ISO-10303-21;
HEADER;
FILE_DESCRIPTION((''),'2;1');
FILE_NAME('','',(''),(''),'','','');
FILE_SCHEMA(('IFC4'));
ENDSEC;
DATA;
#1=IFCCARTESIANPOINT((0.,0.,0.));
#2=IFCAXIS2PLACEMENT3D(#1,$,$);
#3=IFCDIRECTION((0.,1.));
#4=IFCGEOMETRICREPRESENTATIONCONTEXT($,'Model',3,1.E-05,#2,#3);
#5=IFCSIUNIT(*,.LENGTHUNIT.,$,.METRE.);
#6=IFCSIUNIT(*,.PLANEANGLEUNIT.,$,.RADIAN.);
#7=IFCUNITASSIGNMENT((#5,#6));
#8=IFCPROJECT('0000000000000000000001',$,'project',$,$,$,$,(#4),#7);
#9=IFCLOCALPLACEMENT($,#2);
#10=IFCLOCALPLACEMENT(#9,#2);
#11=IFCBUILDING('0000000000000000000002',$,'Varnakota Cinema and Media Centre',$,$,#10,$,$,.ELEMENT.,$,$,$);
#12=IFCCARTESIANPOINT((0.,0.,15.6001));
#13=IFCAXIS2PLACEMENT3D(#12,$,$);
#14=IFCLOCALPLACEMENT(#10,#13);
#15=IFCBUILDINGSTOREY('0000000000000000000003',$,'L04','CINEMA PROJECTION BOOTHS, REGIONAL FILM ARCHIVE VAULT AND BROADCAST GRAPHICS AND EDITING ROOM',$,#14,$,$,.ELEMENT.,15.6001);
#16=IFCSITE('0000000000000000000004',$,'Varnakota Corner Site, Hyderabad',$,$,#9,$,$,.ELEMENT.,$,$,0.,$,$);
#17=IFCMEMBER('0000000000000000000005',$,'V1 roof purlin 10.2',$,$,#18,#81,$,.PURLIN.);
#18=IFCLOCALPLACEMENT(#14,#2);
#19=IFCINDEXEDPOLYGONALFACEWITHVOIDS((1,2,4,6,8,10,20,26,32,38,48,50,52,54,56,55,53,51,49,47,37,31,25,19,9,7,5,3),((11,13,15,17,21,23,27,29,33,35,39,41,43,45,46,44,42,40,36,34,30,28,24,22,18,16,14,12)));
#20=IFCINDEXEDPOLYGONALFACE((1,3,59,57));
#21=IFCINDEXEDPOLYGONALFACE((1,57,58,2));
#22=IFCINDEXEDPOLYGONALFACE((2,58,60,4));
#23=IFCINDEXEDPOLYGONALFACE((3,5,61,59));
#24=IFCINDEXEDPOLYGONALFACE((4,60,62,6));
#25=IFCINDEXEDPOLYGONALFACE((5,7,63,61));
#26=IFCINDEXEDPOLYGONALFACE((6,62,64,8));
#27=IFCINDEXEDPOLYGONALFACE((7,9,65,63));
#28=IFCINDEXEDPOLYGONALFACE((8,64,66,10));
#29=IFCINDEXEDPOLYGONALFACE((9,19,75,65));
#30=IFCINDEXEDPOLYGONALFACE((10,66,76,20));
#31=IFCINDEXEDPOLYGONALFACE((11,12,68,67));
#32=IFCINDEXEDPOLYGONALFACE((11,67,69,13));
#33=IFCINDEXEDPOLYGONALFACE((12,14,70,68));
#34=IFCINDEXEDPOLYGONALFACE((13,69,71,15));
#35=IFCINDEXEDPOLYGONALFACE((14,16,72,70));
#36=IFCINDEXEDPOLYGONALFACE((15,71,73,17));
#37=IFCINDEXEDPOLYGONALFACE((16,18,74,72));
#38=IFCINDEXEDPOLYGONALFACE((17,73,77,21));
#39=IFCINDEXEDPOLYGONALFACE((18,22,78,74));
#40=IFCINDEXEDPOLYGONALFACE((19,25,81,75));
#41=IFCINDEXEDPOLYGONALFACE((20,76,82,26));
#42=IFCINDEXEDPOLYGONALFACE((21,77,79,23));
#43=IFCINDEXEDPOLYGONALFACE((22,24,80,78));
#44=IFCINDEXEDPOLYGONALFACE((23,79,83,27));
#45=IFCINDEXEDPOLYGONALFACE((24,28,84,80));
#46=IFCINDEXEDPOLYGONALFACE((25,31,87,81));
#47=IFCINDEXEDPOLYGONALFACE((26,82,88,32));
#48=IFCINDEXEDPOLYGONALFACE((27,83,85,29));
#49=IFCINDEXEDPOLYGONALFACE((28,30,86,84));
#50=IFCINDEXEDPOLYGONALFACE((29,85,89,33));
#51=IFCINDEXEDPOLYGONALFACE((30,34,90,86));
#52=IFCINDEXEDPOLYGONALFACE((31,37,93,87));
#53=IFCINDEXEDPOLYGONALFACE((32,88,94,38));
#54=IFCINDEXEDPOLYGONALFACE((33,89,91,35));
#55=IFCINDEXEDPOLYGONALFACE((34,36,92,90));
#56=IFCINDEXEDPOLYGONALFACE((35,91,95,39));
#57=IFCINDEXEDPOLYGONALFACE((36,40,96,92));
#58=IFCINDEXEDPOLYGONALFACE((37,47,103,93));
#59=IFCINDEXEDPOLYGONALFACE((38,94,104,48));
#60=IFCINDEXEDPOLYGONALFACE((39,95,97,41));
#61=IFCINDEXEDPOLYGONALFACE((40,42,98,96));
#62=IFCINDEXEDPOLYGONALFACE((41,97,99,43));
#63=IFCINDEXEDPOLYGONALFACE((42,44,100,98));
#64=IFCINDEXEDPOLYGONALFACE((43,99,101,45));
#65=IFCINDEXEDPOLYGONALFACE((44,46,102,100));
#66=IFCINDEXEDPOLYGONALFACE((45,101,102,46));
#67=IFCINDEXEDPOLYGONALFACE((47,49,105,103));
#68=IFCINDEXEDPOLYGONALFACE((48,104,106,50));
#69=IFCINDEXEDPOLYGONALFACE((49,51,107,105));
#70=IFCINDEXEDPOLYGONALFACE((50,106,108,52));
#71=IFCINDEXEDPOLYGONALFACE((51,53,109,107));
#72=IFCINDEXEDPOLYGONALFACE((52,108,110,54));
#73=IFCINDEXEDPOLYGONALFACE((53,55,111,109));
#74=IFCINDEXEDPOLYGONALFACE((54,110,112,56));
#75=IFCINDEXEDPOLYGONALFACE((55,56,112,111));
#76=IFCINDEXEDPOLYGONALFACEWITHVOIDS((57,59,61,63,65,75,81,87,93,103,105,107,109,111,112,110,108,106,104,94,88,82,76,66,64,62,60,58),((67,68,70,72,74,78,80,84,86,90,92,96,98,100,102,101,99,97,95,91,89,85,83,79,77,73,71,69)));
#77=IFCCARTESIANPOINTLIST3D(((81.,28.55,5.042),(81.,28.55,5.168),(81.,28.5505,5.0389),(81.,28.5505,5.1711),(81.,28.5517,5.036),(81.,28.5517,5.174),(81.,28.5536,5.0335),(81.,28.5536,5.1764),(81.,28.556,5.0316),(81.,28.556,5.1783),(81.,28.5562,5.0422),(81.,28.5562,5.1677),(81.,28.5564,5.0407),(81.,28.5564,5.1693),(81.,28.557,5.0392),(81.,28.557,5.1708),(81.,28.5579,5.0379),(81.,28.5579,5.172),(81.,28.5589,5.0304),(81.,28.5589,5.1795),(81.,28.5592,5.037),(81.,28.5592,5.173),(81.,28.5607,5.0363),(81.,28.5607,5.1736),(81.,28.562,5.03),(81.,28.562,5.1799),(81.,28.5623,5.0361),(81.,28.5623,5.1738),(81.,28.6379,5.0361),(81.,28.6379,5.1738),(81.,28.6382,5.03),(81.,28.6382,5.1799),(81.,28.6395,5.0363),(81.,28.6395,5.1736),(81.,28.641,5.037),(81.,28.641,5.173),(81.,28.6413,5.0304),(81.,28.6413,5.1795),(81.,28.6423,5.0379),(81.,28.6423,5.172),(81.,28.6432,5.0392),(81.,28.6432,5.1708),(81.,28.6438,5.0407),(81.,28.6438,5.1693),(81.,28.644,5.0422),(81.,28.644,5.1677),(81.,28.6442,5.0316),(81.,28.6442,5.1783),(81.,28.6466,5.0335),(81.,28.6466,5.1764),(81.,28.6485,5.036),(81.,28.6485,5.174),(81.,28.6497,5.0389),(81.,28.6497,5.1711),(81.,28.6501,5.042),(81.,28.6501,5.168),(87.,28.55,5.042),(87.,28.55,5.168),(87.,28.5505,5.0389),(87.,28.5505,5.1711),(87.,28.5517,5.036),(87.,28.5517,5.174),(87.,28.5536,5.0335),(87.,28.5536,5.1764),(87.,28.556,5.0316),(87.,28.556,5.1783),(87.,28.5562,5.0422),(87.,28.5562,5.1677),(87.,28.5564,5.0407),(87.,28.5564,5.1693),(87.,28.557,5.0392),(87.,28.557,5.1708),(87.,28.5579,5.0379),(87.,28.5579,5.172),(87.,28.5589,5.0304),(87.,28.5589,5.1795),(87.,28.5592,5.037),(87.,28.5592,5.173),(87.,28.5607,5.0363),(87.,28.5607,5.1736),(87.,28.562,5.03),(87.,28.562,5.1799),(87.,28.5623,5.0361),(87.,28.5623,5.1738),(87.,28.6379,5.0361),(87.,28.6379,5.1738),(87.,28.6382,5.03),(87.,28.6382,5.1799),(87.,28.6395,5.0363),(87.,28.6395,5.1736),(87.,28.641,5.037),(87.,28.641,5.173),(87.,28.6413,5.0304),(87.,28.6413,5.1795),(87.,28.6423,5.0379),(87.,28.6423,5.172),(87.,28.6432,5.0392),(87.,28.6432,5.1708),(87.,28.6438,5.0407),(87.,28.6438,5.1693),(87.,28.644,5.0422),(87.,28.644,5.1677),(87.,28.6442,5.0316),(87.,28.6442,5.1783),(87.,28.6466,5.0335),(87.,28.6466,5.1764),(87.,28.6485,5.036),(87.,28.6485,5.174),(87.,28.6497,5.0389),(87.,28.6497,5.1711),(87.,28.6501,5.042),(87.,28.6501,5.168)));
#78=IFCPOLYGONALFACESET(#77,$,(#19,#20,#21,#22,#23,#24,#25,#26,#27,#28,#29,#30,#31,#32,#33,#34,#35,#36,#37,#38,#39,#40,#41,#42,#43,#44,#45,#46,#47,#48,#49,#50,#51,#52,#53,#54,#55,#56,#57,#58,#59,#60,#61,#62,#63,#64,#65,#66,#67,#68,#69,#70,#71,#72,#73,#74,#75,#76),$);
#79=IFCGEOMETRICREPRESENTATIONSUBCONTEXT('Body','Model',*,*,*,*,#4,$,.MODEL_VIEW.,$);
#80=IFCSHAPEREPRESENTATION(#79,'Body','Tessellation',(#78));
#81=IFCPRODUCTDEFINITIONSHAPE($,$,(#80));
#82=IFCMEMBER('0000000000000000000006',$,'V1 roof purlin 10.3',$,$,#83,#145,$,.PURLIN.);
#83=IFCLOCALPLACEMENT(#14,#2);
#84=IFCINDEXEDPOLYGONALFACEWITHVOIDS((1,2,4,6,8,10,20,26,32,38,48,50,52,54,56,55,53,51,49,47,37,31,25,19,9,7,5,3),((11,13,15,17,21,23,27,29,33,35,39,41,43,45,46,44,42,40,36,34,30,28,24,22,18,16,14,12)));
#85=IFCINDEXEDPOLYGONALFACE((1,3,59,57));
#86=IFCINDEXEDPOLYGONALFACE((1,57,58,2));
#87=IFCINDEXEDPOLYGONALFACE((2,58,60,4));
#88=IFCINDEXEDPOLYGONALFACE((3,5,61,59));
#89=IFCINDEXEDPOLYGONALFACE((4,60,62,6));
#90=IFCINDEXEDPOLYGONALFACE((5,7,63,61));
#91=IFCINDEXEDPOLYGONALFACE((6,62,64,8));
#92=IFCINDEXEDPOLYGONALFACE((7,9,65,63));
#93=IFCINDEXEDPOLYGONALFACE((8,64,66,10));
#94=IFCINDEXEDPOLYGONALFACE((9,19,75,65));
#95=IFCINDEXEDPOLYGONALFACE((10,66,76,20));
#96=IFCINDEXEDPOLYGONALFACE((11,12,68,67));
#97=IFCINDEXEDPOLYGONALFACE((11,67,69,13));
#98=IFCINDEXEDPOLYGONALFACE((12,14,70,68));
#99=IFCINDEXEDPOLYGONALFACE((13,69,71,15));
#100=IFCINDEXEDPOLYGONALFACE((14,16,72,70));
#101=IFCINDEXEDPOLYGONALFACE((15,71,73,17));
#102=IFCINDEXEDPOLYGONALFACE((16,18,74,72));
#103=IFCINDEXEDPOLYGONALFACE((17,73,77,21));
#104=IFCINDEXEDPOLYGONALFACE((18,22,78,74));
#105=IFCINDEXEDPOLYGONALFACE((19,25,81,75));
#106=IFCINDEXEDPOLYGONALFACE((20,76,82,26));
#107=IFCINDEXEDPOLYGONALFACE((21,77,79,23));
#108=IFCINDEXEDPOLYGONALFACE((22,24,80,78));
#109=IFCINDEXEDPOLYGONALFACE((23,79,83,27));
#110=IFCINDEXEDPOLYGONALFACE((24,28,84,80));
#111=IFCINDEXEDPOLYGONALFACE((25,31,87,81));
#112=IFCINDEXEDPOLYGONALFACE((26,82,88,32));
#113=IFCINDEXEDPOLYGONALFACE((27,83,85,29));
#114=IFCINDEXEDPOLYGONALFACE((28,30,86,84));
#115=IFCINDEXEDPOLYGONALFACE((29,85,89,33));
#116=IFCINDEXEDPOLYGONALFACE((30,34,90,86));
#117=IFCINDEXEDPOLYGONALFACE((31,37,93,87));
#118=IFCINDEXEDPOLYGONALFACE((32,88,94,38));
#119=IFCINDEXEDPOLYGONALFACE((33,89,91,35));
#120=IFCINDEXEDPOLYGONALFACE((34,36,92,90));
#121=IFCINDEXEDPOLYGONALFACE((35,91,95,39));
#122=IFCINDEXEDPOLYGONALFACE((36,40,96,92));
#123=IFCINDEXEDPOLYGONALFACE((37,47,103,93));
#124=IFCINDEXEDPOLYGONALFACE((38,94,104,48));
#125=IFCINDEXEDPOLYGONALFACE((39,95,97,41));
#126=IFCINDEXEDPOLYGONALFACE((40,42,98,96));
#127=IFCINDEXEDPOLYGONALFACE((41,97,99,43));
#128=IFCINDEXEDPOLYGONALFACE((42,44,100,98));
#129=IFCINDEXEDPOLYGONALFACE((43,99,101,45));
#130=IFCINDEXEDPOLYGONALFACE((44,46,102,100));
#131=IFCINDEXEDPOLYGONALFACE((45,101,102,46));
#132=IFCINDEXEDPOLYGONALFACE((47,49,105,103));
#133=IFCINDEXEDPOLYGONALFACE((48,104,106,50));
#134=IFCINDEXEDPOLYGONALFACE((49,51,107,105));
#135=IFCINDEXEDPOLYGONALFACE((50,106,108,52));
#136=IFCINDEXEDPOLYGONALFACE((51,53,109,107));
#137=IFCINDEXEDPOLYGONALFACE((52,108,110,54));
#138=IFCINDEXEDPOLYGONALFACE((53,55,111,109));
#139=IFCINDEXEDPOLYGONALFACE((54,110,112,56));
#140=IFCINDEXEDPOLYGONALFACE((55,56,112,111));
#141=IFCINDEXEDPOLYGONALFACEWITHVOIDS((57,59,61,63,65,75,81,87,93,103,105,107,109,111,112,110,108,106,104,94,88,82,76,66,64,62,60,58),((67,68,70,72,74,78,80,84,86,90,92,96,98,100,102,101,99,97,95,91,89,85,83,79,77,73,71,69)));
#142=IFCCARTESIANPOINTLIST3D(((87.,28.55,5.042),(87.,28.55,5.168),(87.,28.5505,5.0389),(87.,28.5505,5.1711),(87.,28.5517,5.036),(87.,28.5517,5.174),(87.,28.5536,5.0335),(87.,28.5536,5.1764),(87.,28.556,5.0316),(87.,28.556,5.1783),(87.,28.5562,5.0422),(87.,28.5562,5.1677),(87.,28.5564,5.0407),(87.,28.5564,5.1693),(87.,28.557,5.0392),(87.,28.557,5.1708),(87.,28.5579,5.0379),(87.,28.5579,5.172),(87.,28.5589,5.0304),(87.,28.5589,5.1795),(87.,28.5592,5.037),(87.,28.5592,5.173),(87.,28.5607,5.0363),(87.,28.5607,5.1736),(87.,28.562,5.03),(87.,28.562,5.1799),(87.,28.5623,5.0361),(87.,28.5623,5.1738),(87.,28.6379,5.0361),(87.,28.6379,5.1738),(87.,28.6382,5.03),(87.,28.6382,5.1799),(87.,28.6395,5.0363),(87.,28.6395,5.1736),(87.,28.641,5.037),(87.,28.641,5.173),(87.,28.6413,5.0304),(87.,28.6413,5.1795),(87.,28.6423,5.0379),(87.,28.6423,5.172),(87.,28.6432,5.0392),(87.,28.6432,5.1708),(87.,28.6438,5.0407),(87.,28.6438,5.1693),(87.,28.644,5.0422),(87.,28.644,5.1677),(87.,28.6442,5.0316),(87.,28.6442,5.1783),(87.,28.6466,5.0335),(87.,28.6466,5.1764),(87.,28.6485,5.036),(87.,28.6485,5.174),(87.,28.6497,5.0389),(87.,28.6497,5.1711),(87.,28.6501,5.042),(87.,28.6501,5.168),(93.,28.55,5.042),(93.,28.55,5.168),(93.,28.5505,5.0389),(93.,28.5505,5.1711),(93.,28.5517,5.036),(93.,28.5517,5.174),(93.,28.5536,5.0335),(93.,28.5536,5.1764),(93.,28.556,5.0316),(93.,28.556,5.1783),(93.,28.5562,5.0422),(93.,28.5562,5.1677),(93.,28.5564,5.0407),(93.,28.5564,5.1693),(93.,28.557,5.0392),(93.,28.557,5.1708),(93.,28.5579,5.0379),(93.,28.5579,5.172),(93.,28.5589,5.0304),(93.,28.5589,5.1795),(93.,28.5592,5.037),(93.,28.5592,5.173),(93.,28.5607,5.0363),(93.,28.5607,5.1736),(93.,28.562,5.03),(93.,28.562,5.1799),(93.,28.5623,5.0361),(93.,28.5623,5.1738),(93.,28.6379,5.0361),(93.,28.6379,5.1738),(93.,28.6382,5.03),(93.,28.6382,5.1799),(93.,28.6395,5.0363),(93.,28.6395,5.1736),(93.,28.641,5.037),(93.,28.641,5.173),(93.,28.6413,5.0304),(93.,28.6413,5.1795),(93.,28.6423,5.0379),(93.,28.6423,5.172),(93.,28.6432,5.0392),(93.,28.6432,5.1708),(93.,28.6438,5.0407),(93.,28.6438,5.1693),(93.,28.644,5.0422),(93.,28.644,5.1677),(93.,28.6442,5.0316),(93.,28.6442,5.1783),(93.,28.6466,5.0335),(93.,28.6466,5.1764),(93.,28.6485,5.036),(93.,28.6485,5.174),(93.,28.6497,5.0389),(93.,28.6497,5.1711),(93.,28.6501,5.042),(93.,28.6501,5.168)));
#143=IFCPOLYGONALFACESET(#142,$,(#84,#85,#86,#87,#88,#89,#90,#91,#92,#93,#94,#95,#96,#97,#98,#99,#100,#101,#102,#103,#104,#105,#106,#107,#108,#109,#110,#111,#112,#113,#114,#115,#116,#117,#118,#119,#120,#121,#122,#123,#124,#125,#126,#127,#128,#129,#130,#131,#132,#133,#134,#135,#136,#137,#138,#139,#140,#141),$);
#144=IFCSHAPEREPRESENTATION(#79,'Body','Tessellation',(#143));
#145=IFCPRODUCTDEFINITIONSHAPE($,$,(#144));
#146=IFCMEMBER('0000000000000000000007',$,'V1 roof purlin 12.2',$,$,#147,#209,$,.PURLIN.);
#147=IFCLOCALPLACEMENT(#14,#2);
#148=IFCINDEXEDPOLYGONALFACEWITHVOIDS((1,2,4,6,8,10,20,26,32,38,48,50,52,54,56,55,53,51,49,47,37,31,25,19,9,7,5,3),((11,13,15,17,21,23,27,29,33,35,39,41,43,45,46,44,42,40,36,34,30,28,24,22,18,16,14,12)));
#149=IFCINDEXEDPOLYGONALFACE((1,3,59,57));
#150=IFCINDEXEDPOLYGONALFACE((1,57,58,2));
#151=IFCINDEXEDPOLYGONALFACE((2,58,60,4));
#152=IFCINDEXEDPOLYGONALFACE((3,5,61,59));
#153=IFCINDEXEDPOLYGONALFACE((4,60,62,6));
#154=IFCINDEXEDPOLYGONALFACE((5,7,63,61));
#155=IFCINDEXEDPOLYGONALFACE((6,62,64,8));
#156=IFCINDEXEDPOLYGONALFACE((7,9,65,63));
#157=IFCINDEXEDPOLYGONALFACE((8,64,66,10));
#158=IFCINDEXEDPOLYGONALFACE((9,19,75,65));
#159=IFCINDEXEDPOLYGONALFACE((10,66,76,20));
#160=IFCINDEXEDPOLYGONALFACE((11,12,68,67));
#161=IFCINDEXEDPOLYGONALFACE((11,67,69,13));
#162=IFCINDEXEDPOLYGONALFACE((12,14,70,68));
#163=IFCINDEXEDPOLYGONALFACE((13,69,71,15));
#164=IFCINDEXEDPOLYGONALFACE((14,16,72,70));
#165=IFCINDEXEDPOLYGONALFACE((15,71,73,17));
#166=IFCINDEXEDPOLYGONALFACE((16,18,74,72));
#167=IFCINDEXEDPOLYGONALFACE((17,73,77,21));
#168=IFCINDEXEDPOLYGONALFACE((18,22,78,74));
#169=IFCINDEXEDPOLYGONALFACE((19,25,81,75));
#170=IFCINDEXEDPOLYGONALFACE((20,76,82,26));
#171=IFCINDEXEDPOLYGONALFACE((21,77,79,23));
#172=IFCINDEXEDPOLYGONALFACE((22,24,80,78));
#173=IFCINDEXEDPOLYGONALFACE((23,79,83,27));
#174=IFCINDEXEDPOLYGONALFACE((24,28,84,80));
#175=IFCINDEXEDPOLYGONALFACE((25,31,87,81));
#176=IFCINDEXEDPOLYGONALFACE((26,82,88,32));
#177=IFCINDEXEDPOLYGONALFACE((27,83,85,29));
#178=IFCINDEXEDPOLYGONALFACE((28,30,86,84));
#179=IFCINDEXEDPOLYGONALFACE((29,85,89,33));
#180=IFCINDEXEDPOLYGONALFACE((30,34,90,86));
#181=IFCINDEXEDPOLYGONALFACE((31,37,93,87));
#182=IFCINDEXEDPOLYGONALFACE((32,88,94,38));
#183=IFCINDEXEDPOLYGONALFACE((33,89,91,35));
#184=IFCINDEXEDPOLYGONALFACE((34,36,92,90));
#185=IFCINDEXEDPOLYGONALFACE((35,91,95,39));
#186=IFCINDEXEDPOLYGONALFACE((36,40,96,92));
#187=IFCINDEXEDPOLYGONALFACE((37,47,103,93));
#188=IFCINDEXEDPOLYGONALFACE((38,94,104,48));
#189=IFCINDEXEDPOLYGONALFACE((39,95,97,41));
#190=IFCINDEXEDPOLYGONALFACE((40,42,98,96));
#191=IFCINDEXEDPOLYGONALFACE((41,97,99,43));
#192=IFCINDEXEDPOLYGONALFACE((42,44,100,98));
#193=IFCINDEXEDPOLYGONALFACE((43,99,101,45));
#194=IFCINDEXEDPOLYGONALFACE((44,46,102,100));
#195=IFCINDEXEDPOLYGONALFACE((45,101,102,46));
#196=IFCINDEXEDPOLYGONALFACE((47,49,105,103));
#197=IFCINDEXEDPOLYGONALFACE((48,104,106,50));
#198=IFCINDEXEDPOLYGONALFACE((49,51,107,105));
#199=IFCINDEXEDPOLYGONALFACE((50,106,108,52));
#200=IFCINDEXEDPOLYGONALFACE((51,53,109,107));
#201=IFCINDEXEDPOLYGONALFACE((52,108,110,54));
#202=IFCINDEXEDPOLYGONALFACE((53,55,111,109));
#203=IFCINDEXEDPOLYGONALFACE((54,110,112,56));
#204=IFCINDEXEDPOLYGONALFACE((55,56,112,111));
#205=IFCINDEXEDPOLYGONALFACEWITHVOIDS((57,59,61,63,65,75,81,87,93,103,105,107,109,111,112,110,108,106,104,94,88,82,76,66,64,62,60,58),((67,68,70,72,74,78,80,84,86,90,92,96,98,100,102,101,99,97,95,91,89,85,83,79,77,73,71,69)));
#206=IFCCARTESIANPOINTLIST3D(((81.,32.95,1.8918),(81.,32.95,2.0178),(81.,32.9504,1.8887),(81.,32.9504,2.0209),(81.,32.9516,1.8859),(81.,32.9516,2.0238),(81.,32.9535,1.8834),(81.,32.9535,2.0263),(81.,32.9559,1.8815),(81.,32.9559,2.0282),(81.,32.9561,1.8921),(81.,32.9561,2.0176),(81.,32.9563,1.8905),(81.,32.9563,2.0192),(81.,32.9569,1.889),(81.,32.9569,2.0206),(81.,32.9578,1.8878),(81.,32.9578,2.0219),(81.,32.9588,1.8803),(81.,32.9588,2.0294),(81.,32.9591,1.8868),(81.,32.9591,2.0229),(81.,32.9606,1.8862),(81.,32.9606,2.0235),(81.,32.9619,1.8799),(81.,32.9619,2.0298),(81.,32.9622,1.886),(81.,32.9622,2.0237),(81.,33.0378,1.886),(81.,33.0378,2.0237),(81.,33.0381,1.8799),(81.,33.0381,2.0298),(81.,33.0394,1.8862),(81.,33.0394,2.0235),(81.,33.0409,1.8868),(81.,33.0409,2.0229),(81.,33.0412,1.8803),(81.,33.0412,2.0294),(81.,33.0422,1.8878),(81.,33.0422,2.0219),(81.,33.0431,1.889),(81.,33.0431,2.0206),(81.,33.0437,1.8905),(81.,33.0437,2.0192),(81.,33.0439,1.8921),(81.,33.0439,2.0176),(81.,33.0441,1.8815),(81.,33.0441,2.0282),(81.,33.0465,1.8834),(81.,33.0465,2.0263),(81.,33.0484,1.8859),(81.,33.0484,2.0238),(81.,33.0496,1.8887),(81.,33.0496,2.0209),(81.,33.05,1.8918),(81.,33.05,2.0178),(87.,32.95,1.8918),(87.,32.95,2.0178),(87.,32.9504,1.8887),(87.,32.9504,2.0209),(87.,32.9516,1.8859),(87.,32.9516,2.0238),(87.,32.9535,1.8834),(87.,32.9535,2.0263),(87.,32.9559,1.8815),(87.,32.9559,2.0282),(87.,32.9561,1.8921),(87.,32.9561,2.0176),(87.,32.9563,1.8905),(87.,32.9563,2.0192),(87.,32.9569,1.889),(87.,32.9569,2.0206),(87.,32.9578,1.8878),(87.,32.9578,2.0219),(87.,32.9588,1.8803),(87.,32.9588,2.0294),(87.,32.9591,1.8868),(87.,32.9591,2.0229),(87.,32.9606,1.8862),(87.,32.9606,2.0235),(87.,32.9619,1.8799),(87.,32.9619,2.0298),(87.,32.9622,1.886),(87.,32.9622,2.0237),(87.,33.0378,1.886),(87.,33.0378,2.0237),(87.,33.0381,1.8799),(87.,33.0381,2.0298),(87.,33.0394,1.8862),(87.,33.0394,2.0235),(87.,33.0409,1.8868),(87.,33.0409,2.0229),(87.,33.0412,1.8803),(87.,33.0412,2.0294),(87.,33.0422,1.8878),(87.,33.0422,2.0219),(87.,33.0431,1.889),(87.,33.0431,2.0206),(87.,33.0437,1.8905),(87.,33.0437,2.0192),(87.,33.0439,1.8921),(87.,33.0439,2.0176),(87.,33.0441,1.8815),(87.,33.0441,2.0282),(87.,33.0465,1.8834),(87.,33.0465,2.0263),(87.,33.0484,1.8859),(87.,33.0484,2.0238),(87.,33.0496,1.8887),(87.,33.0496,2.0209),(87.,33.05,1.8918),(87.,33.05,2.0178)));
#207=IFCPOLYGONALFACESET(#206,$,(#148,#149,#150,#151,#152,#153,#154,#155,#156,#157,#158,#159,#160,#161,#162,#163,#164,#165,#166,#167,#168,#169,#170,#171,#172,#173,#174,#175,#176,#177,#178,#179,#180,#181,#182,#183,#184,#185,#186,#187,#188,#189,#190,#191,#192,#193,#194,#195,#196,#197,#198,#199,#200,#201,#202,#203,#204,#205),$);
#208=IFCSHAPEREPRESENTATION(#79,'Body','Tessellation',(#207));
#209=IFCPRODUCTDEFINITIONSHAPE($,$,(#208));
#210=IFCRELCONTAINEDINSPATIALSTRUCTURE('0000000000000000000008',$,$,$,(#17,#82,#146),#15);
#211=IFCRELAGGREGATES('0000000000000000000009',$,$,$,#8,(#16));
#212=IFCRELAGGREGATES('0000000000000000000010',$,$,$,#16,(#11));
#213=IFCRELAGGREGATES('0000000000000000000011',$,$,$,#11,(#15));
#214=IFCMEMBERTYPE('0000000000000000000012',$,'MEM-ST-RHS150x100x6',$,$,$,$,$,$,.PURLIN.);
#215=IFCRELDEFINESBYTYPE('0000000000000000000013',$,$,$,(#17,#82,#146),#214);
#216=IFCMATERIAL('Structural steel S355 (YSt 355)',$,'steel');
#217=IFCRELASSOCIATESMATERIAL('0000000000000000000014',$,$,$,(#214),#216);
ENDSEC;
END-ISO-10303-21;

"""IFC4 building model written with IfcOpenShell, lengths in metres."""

from ifc_helpers import new_model, si_unit, direction, frame, origin, origin_2d, place, context, subcontext, project, spatial, hollow_rectangle, extrude, material, material_profile, profile_set, type_object, element, save


model = new_model("IFC4")

# Units and contexts
model_context = context("Model", 3, precision=1e-05, world=origin(), true_north=direction((0.0, 1.0)))
body_context = subcontext(model_context, "Body", "Model", "MODEL_VIEW")
ifc_project = project(units=[si_unit("LENGTHUNIT", "METRE"), si_unit("PLANEANGLEUNIT", "RADIAN")], contexts=[model_context])

# Site, building, storey
site_placement = place(None, origin())
site = spatial("IfcSite", under=ifc_project, at=site_placement, Name="Varnakota Corner Site, Hyderabad", CompositionType="ELEMENT", RefElevation=0.0)
building_placement = place(site_placement, origin())
building = spatial("IfcBuilding", under=site, at=building_placement, Name="Varnakota Cinema and Media Centre", CompositionType="ELEMENT")
storey_placement = place(building_placement, frame((0.0, 0.0, 15.6001)))
storey = spatial("IfcBuildingStorey", under=building, at=storey_placement, Name="L04", Description="CINEMA PROJECTION BOOTHS, REGIONAL FILM ARCHIVE VAULT AND BROADCAST GRAPHICS AND EDITING ROOM", CompositionType="ELEMENT", Elevation=15.6001)

# Members
ifc_material_1 = material(Name="Structural steel S355 (YSt 355)", Category="steel")
ifc_material_profile_1 = material_profile(ifc_material_1, hollow_rectangle(XDim=0.1001, YDim=0.1499, WallThickness=0.0061, InnerFilletRadius=0.0061, OuterFilletRadius=0.012, at=origin_2d()), Name="RHS 150x100x6")
ifc_profile_set_1 = profile_set([ifc_material_profile_1], Name="Structural steel S355 (YSt 355)")
member_type_1 = type_object("IfcMemberType", Name="MEM-ST-RHS150x100x6", PredefinedType="PURLIN", material=ifc_profile_set_1)
for number, where, z_axis, x_axis, name in (
    (1, (81.0, 28.6001, 5.105), (1.0, 0.0, 0.0), (0.0, 1.0, 0.0), "V1 roof purlin 10.2"),
    (2, (87.0, 28.6001, 5.105), (1.0, 0.0, 0.0), (0.0, 1.0, 0.0), "V1 roof purlin 10.3"),
    (3, (81.0, 33.0, 1.9548), (1.0, 0.0, 0.0), (0.0, 1.0, 0.0), "V1 roof purlin 12.2"),
):
    element("IfcMember", number, at=place(storey_placement, frame(where, z_axis=z_axis, x_axis=x_axis)), inside=storey, type_object=member_type_1, Name=name, PredefinedType="PURLIN", context=body_context, shape_type="SweptSolid", body=[
        extrude(hollow_rectangle(XDim=0.1001, YDim=0.1499, WallThickness=0.0061, InnerFilletRadius=0.0061, OuterFilletRadius=0.012, at=origin_2d()), origin(), (0.0, 0.0, 1.0), 6.0),
    ])

save(model, "model.ifc")
